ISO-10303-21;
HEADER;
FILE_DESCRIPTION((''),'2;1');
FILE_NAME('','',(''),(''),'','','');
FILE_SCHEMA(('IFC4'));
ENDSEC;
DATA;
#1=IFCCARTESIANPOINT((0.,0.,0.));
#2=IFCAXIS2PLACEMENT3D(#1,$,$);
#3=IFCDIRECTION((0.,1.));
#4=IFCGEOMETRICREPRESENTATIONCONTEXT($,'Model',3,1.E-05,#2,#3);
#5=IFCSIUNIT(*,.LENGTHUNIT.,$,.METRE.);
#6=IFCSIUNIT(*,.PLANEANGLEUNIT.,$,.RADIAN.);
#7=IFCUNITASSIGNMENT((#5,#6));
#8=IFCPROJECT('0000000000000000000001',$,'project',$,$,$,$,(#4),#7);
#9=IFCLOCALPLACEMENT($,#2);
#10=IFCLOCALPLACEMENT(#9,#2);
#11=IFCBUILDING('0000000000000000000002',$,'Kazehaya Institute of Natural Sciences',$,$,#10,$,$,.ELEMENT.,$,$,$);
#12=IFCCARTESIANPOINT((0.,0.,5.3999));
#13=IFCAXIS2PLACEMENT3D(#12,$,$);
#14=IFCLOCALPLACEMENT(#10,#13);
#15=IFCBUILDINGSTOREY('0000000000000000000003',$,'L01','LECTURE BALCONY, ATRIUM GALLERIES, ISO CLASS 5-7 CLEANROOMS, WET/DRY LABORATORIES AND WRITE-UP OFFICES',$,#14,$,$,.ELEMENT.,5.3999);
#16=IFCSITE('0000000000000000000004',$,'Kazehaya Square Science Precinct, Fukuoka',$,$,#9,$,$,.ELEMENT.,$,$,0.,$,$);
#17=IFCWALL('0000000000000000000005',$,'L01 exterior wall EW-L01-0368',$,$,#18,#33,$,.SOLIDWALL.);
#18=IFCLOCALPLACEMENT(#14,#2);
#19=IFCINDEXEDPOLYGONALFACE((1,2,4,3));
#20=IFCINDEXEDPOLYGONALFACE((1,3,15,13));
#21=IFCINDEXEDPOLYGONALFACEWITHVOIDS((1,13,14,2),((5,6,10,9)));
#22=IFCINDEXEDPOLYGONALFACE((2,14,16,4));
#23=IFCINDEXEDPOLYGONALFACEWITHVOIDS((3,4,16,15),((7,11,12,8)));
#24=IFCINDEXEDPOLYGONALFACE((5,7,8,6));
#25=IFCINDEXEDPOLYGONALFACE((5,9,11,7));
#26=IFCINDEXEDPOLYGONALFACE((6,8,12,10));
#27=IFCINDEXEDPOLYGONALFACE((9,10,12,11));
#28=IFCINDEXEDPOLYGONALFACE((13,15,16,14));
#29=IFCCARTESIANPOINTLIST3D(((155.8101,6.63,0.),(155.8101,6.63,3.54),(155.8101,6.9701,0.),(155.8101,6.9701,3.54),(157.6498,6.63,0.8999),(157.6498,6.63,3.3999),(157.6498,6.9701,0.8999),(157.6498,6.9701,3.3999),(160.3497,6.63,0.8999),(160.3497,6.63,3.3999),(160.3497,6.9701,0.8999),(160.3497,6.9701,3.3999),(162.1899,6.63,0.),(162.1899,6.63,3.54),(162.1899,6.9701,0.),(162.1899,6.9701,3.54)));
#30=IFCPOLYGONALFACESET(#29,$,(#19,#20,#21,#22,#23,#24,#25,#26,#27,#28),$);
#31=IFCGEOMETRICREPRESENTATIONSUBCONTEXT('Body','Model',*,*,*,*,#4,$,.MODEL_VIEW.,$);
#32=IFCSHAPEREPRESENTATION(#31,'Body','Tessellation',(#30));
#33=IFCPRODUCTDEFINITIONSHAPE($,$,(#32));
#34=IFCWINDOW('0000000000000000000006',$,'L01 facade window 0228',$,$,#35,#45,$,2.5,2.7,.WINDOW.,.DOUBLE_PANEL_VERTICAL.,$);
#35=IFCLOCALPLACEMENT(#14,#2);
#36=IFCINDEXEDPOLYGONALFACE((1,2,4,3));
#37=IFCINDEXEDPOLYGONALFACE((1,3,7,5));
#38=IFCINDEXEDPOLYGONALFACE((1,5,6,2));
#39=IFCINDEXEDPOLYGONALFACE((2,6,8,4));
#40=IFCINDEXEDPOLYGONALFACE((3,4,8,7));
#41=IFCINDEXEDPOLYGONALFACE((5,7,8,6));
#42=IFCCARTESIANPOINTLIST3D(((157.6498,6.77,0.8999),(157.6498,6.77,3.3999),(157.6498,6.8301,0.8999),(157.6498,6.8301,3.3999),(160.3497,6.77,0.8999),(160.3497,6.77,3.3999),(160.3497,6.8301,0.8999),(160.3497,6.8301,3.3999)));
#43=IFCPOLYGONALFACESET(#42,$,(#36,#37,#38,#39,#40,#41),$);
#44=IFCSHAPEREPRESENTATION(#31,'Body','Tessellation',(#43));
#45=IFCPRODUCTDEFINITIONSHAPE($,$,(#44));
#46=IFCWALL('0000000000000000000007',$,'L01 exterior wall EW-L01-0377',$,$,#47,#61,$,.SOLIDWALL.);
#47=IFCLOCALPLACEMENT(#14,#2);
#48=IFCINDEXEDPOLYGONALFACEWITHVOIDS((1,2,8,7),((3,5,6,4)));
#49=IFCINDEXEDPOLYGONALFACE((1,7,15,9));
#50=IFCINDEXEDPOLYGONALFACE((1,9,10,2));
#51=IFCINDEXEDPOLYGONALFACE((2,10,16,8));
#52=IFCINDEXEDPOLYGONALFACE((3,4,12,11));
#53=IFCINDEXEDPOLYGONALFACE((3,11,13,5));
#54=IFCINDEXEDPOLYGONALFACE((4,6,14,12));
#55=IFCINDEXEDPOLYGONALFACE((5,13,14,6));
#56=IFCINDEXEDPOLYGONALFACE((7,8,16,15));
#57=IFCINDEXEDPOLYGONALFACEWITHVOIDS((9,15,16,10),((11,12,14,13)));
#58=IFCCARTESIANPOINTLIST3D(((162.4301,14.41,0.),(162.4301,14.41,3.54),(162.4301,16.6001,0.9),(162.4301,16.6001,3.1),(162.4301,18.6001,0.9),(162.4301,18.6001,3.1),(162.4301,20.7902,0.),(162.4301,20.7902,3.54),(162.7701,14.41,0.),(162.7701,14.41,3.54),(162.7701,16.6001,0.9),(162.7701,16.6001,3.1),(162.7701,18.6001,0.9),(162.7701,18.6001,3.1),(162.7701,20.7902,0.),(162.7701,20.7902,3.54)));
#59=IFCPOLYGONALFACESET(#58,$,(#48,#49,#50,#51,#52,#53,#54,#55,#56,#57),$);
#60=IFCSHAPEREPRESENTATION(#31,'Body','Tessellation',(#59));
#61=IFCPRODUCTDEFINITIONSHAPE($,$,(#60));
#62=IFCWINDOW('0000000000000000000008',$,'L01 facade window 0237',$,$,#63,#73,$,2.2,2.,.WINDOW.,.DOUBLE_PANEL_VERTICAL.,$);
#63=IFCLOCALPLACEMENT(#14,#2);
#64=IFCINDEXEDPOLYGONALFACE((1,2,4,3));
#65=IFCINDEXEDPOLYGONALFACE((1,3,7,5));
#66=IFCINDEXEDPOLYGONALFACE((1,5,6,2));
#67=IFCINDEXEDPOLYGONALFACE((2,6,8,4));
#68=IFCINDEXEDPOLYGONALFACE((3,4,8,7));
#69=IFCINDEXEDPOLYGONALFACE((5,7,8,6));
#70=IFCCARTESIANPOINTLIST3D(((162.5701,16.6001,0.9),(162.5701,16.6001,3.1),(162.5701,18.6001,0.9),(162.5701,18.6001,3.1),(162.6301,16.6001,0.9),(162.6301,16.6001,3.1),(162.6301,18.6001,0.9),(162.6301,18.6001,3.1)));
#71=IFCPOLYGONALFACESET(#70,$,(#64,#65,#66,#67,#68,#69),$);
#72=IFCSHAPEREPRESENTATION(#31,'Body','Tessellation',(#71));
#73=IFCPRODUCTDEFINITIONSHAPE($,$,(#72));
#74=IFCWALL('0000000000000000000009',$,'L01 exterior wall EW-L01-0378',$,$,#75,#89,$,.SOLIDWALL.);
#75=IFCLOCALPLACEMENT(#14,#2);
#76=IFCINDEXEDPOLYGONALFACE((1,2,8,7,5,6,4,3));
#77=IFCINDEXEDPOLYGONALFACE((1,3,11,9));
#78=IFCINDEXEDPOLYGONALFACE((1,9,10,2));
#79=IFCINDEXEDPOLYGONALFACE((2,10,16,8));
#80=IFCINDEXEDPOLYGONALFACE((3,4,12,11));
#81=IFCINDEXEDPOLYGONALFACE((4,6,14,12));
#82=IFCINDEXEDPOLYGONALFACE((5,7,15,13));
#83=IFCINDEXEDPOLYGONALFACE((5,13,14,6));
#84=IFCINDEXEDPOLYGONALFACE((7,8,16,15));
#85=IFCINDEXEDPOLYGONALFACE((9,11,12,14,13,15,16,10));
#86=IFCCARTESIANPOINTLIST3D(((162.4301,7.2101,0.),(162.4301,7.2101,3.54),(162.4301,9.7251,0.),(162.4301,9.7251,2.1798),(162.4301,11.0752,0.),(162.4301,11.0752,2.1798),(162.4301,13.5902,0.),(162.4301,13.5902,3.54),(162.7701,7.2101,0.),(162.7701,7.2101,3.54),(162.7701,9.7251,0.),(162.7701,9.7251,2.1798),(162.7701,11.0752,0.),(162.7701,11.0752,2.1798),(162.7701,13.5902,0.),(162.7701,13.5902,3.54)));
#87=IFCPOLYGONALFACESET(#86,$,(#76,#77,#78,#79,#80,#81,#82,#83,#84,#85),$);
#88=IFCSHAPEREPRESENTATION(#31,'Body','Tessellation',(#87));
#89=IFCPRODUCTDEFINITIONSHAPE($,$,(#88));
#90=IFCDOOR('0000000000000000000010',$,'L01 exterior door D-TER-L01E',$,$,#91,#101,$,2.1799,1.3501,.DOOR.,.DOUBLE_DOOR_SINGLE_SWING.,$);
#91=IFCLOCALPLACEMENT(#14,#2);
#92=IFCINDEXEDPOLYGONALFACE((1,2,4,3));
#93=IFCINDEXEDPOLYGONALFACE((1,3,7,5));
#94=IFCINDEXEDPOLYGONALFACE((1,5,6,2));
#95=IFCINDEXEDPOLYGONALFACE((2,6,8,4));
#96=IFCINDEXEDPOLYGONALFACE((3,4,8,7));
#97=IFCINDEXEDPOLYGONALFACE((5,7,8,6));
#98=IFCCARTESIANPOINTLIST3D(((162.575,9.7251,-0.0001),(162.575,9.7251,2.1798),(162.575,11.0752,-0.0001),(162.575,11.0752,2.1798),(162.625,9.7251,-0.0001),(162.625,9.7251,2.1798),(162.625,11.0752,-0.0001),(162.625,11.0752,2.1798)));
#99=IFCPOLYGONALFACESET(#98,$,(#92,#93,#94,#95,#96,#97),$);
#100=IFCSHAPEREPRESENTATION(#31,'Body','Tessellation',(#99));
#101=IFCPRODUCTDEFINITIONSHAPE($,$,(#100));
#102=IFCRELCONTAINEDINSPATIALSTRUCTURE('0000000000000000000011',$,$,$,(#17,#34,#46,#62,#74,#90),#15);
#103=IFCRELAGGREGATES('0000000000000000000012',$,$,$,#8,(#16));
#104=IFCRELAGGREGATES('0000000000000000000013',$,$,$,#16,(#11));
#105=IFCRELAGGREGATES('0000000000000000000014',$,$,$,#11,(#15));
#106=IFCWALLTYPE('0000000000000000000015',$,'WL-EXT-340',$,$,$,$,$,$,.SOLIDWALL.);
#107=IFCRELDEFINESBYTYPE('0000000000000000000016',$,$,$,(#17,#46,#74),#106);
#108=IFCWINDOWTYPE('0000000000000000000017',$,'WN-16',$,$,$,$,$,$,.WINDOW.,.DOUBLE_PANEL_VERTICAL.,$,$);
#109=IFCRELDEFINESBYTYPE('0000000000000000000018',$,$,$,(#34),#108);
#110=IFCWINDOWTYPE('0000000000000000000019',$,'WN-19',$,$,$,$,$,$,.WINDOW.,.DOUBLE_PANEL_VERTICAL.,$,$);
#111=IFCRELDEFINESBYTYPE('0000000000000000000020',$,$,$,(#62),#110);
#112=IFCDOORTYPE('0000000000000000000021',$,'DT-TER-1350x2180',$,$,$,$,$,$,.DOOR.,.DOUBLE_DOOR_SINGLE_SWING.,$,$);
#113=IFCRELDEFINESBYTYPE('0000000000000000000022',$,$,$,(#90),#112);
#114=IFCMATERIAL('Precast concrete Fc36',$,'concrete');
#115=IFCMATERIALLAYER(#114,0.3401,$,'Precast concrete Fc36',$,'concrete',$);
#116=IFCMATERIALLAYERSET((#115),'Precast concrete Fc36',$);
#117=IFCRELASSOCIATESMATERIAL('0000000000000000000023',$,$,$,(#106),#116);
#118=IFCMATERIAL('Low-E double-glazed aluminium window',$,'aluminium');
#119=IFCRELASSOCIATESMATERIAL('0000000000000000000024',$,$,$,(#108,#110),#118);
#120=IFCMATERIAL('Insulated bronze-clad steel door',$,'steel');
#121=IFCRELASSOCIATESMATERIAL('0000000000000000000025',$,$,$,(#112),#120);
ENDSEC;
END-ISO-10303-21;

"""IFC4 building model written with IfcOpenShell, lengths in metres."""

from ifc_helpers import new_model, si_unit, direction, frame, frame_2d, origin, place, context, subcontext, project, spatial, rectangle, extrude, material, layer, layer_set, type_object, element, fill, save


model = new_model("IFC4")

# Units and contexts
model_context = context("Model", 3, precision=1e-05, world=origin(), true_north=direction((0.0, 1.0)))
body_context = subcontext(model_context, "Body", "Model", "MODEL_VIEW")
ifc_project = project(units=[si_unit("LENGTHUNIT", "METRE"), si_unit("PLANEANGLEUNIT", "RADIAN")], contexts=[model_context])

# Site, building, storey
site_placement = place(None, origin())
site = spatial("IfcSite", under=ifc_project, at=site_placement, Name="Kazehaya Square Science Precinct, Fukuoka", CompositionType="ELEMENT", RefElevation=0.0)
building_placement = place(site_placement, origin())
building = spatial("IfcBuilding", under=site, at=building_placement, Name="Kazehaya Institute of Natural Sciences", CompositionType="ELEMENT")
storey_placement = place(building_placement, frame((0.0, 0.0, 5.3999)))
storey = spatial("IfcBuildingStorey", under=building, at=storey_placement, Name="L01", Description="LECTURE BALCONY, ATRIUM GALLERIES, ISO CLASS 5-7 CLEANROOMS, WET/DRY LABORATORIES AND WRITE-UP OFFICES", CompositionType="ELEMENT", Elevation=5.3999)

# Shared definitions
ifc_material_1 = material(Name="Precast concrete Fc36", Category="concrete")

# Walls, openings, windows
ifc_layer_1 = layer(ifc_material_1, 0.3401, Name="Precast concrete Fc36", Category="concrete")
ifc_layer_set_1 = layer_set([ifc_layer_1], Name="Precast concrete Fc36")
wall_type_1 = type_object("IfcWallType", Name="WL-EXT-340", PredefinedType="SOLIDWALL", material=ifc_layer_set_1)
wall_1_placement = place(storey_placement, frame((162.1899, 6.8, 0.0), z_axis=(0.0, 0.0, 1.0), x_axis=(-1.0, 0.0, 0.0)))
wall_1 = element("IfcWall", 1, at=wall_1_placement, inside=storey, type_object=wall_type_1, Name="L01 exterior wall EW-L01-0368", PredefinedType="SOLIDWALL", context=body_context, shape_type="SweptSolid", body=[
    extrude(rectangle(XDim=6.3799, YDim=0.3401, at=frame_2d((3.1899, 0.0))), origin(), (0.0, 0.0, 1.0), 3.54),
])
opening_1_placement = place(wall_1_placement, frame((1.8401, 0.0, 0.8999)))
opening_1 = element("IfcOpeningElement", 2, at=opening_1_placement, cuts=wall_1, PredefinedType="OPENING", context=body_context, shape_type="SweptSolid", body=[
    extrude(rectangle(XDim=2.7, YDim=2.5, at=frame_2d((1.3501, 1.25))), frame((0.0, 0.1799, 0.0), z_axis=(0.0, -1.0, 0.0), x_axis=(1.0, 0.0, 0.0)), (0.0, 0.0, 1.0), 0.3601),
])
ifc_material_2 = material(Name="Low-E double-glazed aluminium window", Category="aluminium")
window_type_1 = type_object("IfcWindowType", Name="WN-16", PartitioningType="DOUBLE_PANEL_VERTICAL", PredefinedType="WINDOW", material=ifc_material_2)
window_1_placement = place(opening_1_placement, origin())
window_1 = element("IfcWindow", 3, at=window_1_placement, inside=storey, type_object=window_type_1, Name="L01 facade window 0228", OverallHeight=2.5, OverallWidth=2.7, PartitioningType="DOUBLE_PANEL_VERTICAL", PredefinedType="WINDOW", context=body_context, shape_type="SweptSolid", body=[
    extrude(rectangle(XDim=2.7, YDim=2.5, at=frame_2d((1.3501, 1.25))), frame((0.0, 0.03, 0.0), z_axis=(0.0, -1.0, 0.0), x_axis=(1.0, 0.0, 0.0)), (0.0, 0.0, 1.0), 0.0601),
])
fill(opening_1, window_1)
wall_2_placement = place(storey_placement, frame((162.6001, 20.79, 0.0), z_axis=(0.0, 0.0, 1.0), x_axis=(0.0, -1.0, 0.0)))
wall_2 = element("IfcWall", 4, at=wall_2_placement, inside=storey, type_object=wall_type_1, Name="L01 exterior wall EW-L01-0377", PredefinedType="SOLIDWALL", context=body_context, shape_type="SweptSolid", body=[
    extrude(rectangle(XDim=6.3801, YDim=0.3401, at=frame_2d((3.1899, 0.0))), origin(), (0.0, 0.0, 1.0), 3.54),
])
opening_2_placement = place(wall_2_placement, frame((2.1899, 0.0, 0.8999)))
opening_2 = element("IfcOpeningElement", 5, at=opening_2_placement, cuts=wall_2, PredefinedType="OPENING", context=body_context, shape_type="SweptSolid", body=[
    extrude(rectangle(XDim=2.0, YDim=2.2, at=frame_2d((1.0, 1.1001))), frame((0.0, 0.1799, 0.0), z_axis=(0.0, -1.0, 0.0), x_axis=(1.0, 0.0, 0.0)), (0.0, 0.0, 1.0), 0.3601),
])
window_type_2 = type_object("IfcWindowType", Name="WN-19", PartitioningType="DOUBLE_PANEL_VERTICAL", PredefinedType="WINDOW", material=ifc_material_2)
window_2_placement = place(opening_2_placement, origin())
window_2 = element("IfcWindow", 6, at=window_2_placement, inside=storey, type_object=window_type_2, Name="L01 facade window 0237", OverallHeight=2.2, OverallWidth=2.0, PartitioningType="DOUBLE_PANEL_VERTICAL", PredefinedType="WINDOW", context=body_context, shape_type="SweptSolid", body=[
    extrude(rectangle(XDim=2.0, YDim=2.2, at=frame_2d((1.0, 1.1001))), frame((0.0, 0.03, 0.0), z_axis=(0.0, -1.0, 0.0), x_axis=(1.0, 0.0, 0.0)), (0.0, 0.0, 1.0), 0.0601),
])
fill(opening_2, window_2)

# Wall, opening, door
wall_3_placement = place(storey_placement, frame((162.6001, 13.5901, 0.0), z_axis=(0.0, 0.0, 1.0), x_axis=(0.0, -1.0, 0.0)))
wall_3 = element("IfcWall", 7, at=wall_3_placement, inside=storey, type_object=wall_type_1, Name="L01 exterior wall EW-L01-0378", PredefinedType="SOLIDWALL", context=body_context, shape_type="SweptSolid", body=[
    extrude(rectangle(XDim=6.3801, YDim=0.3401, at=frame_2d((3.1899, 0.0))), origin(), (0.0, 0.0, 1.0), 3.54),
])
opening_3_placement = place(wall_3_placement, frame((2.5149, 0.0, 0.0)))
opening_3 = element("IfcOpeningElement", 8, at=opening_3_placement, cuts=wall_3, PredefinedType="OPENING", context=body_context, shape_type="SweptSolid", body=[
    extrude(rectangle(XDim=1.3501, YDim=2.1799, at=frame_2d((0.675, 1.0898))), frame((0.0, 0.1799, 0.0), z_axis=(0.0, -1.0, 0.0), x_axis=(1.0, 0.0, 0.0)), (0.0, 0.0, 1.0), 0.3601),
])
ifc_material_3 = material(Name="Insulated bronze-clad steel door", Category="steel")
door_type = type_object("IfcDoorType", Name="DT-TER-1350x2180", OperationType="DOUBLE_DOOR_SINGLE_SWING", PredefinedType="DOOR", material=ifc_material_3)
door_placement = place(opening_3_placement, origin())
door = element("IfcDoor", 9, at=door_placement, inside=storey, type_object=door_type, Name="L01 exterior door D-TER-L01E", OperationType="DOUBLE_DOOR_SINGLE_SWING", OverallHeight=2.1799, OverallWidth=1.3501, PredefinedType="DOOR", context=body_context, shape_type="SweptSolid", body=[
    extrude(rectangle(XDim=1.3501, YDim=2.1799, at=frame_2d((0.675, 1.0898))), frame((0.0, 0.0249, 0.0), z_axis=(0.0, -1.0, 0.0), x_axis=(1.0, 0.0, 0.0)), (0.0, 0.0, 1.0), 0.05),
])
fill(opening_3, door)

save(model, "model.ifc")
